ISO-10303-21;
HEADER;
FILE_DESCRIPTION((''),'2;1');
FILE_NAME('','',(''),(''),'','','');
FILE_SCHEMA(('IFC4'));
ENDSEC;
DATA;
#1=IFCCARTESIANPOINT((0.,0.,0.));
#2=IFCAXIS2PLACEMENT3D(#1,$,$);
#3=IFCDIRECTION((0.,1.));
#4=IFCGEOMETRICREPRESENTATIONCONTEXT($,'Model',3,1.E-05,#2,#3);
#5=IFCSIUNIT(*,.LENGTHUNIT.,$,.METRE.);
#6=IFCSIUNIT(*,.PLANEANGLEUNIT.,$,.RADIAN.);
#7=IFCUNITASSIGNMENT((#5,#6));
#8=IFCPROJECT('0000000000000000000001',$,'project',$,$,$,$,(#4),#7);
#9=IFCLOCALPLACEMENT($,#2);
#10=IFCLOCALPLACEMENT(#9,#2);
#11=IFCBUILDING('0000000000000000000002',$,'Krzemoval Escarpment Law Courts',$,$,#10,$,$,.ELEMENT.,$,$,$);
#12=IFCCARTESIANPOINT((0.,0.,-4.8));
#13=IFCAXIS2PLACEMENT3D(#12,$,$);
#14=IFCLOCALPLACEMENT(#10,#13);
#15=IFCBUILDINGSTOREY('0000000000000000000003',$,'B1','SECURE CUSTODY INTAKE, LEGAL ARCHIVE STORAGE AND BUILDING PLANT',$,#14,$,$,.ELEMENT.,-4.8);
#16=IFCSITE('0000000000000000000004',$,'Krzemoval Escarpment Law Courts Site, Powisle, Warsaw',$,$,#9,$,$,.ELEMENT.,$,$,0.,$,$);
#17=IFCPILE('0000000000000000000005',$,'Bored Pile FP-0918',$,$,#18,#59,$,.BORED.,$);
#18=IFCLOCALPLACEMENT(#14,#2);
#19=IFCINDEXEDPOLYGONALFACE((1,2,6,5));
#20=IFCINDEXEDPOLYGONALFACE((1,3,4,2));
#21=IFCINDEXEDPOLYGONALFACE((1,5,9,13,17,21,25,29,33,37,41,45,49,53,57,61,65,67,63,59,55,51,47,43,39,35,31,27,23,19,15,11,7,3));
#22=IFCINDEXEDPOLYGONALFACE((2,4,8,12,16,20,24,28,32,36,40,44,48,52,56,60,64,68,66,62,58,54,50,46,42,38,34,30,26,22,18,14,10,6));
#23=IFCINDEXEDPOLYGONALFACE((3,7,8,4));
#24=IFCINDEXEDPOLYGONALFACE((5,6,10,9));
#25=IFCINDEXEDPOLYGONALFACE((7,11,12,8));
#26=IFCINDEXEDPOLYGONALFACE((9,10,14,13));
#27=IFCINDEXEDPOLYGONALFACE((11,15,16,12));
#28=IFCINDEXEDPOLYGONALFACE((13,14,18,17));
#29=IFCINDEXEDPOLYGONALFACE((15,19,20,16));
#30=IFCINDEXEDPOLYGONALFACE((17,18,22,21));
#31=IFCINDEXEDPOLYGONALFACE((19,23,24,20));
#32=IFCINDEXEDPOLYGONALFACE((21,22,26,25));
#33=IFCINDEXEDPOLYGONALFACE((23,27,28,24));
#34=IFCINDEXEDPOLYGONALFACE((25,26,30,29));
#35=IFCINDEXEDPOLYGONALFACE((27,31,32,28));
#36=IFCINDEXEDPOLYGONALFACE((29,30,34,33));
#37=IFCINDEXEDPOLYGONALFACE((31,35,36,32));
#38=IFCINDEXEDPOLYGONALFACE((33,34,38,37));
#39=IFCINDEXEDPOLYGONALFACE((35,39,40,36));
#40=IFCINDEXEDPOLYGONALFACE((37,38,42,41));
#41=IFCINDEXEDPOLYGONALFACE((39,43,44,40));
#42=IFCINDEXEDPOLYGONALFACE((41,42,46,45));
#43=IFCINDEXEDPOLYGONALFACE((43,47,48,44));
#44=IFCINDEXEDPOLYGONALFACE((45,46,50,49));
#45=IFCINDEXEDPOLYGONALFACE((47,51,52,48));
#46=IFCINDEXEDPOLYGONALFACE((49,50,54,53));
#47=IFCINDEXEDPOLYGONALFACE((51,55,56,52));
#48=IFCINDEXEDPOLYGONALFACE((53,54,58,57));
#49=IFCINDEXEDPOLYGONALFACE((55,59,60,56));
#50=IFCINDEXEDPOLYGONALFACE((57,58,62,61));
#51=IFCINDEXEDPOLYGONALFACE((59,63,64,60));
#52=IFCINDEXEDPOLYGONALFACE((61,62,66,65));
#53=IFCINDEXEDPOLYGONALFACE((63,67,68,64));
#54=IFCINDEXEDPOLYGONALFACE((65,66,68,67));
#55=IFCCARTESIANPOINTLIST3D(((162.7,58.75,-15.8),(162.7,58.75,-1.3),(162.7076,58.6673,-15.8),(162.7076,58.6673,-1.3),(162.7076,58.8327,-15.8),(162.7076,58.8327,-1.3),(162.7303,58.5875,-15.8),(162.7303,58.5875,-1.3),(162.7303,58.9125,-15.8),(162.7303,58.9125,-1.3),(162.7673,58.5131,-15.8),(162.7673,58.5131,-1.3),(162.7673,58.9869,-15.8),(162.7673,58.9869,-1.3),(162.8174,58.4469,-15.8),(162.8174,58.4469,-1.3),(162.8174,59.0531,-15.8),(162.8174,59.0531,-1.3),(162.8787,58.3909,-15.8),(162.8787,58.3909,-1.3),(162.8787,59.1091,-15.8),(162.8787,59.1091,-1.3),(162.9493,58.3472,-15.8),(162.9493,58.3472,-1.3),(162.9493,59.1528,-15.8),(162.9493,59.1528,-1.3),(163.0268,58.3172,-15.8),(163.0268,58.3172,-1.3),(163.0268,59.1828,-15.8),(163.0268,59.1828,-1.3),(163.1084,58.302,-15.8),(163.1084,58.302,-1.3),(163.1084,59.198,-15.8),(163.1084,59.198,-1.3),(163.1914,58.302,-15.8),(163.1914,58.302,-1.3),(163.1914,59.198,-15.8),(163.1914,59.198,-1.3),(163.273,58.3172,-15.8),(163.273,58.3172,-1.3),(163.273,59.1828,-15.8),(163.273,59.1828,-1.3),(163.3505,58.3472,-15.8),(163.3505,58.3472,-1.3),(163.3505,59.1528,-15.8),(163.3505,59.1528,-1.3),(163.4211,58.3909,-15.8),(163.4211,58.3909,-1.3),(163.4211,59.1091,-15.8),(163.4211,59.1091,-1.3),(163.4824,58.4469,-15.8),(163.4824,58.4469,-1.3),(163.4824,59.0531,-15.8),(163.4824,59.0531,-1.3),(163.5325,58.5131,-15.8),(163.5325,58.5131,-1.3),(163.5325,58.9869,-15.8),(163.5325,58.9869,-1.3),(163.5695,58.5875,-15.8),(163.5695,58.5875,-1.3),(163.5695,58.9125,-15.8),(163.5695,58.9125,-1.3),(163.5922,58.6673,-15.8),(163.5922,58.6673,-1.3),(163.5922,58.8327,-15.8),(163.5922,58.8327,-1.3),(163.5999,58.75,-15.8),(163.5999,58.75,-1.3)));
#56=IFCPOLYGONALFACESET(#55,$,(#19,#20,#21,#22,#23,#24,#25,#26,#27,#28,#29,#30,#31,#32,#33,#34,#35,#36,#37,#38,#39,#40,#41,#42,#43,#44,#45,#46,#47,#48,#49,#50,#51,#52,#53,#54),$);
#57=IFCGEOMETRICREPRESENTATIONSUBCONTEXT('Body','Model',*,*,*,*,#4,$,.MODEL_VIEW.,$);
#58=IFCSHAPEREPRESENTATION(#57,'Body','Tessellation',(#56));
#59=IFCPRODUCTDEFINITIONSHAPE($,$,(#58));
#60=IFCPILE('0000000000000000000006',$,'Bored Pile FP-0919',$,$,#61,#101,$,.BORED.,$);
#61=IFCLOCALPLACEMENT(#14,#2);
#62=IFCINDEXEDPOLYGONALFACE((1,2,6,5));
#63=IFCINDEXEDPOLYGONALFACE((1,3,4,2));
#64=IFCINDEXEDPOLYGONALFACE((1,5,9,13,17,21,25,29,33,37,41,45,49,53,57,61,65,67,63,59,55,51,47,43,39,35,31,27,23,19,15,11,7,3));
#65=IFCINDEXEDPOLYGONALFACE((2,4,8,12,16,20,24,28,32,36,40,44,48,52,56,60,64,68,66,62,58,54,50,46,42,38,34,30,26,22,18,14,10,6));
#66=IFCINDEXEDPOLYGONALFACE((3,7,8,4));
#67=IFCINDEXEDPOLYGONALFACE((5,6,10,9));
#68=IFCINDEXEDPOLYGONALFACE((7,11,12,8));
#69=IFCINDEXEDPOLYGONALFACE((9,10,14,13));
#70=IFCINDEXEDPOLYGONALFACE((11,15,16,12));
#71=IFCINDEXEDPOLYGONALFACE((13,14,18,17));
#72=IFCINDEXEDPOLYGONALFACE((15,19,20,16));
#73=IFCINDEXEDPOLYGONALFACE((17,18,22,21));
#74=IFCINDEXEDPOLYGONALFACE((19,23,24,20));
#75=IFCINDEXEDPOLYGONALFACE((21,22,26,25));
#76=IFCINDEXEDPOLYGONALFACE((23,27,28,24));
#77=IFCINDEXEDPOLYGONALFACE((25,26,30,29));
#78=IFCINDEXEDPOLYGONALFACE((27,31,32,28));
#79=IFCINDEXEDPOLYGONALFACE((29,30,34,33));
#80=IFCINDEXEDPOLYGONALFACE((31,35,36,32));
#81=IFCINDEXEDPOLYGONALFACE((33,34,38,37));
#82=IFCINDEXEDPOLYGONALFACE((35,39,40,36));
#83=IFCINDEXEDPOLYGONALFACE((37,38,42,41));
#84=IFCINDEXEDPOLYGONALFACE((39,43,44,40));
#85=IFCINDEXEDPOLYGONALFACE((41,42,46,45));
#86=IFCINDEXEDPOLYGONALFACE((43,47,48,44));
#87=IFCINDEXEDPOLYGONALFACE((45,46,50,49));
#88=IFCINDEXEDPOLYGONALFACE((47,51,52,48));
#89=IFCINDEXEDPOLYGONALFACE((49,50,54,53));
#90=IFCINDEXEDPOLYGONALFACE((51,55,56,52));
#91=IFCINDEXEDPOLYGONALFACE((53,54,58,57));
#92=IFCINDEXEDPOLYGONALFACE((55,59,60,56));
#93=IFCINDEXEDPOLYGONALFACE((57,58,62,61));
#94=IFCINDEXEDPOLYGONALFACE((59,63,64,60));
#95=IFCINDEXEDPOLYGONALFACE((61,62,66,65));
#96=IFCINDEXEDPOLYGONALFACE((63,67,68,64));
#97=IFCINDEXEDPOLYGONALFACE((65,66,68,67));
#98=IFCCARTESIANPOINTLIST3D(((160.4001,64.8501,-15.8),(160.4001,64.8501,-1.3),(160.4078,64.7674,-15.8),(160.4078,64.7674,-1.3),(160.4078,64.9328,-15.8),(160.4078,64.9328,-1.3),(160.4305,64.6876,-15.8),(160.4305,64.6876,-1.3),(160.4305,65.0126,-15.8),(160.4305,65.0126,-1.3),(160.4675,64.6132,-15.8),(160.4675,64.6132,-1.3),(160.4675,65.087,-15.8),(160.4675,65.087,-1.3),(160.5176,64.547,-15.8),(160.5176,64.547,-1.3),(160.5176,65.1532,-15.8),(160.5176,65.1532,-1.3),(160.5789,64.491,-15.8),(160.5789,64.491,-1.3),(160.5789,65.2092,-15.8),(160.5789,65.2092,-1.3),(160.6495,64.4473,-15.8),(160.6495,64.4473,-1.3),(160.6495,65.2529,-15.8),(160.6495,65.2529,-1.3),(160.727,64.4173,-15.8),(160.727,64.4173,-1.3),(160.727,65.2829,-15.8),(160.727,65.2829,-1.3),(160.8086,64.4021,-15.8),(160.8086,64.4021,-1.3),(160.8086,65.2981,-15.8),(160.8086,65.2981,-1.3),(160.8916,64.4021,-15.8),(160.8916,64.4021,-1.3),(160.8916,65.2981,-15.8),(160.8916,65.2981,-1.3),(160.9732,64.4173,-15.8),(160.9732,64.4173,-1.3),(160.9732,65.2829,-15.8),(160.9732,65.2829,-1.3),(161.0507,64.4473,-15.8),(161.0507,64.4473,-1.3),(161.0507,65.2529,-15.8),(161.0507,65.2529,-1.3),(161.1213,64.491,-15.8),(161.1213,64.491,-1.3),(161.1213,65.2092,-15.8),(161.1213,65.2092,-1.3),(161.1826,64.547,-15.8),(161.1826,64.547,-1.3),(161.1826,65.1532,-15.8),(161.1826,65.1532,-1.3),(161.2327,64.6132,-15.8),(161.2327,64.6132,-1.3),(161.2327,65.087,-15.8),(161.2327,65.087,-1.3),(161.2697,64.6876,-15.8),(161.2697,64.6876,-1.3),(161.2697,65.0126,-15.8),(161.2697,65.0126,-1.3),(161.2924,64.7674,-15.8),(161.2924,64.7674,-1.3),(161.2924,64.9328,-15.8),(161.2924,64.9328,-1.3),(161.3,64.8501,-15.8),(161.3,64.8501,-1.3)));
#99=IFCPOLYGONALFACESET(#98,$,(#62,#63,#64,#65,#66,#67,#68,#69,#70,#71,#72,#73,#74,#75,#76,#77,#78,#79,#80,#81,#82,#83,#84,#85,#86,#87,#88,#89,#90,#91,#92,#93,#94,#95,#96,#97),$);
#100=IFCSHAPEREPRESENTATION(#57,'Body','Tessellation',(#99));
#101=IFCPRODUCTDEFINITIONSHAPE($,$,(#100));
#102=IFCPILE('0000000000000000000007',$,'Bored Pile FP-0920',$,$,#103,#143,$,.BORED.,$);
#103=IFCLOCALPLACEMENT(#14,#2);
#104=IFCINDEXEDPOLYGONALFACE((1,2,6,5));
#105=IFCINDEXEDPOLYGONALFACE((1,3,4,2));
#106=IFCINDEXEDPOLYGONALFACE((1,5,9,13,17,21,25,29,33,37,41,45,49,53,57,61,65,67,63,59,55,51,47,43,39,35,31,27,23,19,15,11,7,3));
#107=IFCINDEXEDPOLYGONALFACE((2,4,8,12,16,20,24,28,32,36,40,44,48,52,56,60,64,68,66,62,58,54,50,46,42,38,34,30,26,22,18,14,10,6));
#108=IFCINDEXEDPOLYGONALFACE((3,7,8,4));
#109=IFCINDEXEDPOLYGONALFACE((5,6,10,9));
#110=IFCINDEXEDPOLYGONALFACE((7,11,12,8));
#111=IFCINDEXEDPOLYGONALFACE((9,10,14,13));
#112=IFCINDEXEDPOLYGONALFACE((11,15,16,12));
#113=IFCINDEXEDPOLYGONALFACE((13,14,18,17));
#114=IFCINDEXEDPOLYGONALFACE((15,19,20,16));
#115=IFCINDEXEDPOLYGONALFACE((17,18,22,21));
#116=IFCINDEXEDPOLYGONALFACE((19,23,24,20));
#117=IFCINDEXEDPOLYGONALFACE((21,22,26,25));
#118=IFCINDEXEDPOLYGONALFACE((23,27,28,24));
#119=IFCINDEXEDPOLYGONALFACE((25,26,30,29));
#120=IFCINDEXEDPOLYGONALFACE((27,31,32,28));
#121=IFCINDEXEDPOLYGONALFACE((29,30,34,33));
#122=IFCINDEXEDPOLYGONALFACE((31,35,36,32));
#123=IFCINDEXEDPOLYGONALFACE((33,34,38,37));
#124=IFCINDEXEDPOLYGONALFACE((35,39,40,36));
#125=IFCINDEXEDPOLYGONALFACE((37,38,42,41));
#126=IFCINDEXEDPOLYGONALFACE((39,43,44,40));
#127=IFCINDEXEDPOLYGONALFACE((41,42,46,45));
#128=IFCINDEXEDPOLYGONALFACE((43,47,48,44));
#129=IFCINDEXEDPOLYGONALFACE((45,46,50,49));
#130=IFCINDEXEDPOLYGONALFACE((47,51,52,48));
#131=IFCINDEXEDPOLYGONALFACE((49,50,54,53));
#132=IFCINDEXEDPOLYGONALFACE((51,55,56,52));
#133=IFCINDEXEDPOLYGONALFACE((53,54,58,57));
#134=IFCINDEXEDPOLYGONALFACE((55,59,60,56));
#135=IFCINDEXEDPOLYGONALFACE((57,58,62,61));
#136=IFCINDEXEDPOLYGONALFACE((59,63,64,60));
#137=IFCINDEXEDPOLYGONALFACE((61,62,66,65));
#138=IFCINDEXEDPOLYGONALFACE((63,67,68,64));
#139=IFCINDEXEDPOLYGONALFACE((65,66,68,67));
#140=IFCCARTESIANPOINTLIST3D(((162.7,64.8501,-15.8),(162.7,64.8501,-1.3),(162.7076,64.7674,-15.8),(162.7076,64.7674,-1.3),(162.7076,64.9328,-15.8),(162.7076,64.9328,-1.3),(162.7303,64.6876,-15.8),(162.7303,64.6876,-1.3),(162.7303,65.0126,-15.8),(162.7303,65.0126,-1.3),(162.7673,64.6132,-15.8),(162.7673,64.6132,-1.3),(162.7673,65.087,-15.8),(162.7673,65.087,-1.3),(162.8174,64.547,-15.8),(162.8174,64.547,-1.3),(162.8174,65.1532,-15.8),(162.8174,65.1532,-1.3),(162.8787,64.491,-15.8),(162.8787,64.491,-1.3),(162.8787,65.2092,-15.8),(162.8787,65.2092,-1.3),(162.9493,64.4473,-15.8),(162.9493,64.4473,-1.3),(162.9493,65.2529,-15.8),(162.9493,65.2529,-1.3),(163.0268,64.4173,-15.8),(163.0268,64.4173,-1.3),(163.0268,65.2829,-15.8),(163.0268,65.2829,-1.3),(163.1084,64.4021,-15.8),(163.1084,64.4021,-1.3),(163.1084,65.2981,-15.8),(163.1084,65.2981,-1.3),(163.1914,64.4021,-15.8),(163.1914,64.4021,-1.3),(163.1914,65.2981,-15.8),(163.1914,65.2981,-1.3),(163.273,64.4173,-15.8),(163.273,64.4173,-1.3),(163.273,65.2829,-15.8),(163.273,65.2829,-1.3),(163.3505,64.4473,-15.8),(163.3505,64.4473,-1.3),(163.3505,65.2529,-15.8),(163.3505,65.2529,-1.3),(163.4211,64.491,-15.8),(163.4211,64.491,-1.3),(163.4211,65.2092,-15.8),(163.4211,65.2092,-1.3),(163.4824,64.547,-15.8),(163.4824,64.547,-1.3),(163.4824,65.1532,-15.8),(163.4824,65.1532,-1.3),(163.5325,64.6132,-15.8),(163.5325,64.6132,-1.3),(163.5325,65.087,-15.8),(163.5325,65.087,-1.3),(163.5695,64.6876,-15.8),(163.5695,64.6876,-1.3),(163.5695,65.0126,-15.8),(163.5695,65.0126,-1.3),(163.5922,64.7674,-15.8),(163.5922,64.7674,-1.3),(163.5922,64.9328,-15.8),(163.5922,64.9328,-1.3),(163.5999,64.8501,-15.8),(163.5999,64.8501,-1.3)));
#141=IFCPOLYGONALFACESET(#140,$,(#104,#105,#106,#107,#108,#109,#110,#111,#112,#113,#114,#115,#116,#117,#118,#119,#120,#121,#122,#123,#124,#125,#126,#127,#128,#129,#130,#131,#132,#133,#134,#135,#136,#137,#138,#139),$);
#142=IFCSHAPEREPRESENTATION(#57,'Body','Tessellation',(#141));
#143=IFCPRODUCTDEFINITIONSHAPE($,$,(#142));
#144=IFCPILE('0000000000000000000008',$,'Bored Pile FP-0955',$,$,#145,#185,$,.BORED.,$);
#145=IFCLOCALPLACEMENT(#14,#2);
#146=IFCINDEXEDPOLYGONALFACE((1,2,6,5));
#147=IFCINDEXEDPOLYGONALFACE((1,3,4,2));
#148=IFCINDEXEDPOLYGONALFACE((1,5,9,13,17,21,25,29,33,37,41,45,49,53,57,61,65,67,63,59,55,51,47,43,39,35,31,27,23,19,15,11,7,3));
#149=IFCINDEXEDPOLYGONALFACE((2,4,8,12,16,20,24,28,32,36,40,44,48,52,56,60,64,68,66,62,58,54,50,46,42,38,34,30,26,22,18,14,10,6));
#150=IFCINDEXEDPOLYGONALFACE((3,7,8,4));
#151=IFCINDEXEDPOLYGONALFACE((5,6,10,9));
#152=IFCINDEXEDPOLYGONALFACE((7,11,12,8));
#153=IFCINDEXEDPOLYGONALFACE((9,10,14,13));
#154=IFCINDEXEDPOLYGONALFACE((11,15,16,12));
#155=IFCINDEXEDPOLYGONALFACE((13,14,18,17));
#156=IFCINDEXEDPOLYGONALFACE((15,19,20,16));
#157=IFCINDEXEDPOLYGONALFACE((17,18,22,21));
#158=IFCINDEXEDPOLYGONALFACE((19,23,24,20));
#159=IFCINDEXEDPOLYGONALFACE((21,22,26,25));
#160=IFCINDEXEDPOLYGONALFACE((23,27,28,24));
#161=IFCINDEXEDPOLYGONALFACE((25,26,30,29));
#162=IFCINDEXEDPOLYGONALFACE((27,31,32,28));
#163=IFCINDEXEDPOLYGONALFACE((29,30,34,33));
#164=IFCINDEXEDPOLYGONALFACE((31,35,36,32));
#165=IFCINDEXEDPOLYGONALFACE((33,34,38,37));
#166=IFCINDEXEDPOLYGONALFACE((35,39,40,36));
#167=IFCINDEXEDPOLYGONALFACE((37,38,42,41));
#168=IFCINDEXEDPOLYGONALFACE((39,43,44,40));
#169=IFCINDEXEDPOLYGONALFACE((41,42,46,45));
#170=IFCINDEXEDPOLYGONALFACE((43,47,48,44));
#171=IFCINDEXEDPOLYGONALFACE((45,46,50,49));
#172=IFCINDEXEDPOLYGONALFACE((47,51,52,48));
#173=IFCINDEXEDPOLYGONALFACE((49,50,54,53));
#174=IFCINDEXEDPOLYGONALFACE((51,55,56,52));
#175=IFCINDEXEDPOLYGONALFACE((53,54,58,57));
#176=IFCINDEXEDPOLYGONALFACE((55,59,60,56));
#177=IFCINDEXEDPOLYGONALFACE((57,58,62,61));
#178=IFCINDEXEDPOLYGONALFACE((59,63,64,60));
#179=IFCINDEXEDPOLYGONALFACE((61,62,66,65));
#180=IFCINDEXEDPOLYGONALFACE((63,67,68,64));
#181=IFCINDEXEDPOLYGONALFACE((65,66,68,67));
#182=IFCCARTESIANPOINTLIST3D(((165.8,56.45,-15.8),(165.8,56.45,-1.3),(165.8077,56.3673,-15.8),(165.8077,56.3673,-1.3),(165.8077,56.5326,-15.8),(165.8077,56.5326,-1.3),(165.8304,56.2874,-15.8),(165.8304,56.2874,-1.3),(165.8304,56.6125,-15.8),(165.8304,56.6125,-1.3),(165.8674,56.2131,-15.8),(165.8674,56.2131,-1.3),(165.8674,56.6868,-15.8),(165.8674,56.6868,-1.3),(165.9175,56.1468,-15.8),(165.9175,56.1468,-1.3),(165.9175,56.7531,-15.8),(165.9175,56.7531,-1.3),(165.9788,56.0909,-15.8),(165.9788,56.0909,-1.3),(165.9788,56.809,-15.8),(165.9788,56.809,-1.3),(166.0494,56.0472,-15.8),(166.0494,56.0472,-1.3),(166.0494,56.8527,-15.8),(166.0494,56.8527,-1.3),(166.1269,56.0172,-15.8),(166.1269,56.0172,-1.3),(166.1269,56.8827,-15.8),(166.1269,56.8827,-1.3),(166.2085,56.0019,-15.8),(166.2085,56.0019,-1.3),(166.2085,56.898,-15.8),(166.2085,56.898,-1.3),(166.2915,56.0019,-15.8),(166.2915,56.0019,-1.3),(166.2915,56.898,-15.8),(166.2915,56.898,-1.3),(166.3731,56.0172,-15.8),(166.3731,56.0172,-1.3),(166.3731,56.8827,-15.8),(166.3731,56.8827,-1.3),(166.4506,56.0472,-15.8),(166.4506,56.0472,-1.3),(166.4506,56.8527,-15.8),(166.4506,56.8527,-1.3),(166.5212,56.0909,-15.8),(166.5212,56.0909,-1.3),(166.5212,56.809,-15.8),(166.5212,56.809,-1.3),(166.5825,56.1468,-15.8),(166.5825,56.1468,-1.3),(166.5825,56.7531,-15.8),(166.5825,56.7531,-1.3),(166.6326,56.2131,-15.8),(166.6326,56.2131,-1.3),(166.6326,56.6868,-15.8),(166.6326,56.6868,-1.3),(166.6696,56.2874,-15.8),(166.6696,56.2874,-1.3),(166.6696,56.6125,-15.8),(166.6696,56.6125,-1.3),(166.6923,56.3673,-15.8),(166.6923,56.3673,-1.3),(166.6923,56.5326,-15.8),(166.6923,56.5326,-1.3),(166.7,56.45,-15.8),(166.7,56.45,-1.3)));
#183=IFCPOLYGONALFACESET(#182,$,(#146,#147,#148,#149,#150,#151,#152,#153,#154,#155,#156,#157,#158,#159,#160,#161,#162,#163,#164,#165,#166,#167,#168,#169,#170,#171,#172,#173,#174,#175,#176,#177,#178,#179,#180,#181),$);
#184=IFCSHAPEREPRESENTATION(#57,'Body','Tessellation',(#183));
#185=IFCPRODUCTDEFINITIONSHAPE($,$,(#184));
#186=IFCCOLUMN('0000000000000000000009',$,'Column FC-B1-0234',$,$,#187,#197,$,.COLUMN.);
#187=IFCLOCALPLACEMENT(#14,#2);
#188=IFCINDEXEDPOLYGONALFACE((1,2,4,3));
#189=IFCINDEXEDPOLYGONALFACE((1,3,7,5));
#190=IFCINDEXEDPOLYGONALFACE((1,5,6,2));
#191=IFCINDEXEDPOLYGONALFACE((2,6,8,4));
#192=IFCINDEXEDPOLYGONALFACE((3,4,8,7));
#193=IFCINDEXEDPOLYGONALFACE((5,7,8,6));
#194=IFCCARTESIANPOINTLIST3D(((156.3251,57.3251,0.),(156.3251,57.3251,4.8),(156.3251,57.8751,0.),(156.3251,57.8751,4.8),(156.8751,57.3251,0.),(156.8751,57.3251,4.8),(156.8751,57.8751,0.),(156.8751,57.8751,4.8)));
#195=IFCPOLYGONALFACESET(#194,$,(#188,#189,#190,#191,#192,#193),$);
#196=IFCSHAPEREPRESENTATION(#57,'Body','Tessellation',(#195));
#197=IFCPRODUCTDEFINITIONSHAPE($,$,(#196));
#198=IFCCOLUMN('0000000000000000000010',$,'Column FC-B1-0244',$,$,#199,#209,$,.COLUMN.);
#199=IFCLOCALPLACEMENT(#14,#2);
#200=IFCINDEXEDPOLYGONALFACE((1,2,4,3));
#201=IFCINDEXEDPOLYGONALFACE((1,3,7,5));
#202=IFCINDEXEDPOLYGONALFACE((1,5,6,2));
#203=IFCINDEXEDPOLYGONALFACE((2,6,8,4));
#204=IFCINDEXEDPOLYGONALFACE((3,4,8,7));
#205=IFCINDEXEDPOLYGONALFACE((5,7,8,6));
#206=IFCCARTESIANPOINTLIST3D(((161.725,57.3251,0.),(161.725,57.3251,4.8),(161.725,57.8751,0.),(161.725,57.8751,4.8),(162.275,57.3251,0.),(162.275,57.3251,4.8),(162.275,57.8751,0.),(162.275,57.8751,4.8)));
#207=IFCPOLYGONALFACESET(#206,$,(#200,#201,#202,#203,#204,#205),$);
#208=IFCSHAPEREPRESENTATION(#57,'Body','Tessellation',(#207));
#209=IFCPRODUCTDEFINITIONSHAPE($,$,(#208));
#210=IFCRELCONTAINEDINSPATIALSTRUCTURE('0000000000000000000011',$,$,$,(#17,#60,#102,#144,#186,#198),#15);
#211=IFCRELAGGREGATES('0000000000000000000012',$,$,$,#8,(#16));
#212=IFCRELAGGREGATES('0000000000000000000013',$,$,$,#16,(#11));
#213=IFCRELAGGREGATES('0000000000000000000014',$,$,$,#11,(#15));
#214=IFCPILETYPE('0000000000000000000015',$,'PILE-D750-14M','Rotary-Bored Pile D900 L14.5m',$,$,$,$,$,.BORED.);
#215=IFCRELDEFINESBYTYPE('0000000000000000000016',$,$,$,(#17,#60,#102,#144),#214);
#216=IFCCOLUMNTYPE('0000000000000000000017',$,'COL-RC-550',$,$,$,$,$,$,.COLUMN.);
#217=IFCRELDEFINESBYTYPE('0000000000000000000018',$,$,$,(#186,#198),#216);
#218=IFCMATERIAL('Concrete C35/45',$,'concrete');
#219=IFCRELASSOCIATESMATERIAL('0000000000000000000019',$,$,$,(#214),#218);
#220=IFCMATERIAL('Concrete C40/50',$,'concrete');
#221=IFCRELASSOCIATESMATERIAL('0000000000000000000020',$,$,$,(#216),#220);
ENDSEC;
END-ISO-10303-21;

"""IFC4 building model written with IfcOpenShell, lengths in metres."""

from ifc_helpers import new_model, si_unit, direction, frame, origin, origin_2d, place, context, subcontext, project, spatial, rectangle, circle, extrude, material, material_profile, profile_set, type_object, element, save


model = new_model("IFC4")

# Units and contexts
model_context = context("Model", 3, precision=1e-05, world=origin(), true_north=direction((0.0, 1.0)))
body_context = subcontext(model_context, "Body", "Model", "MODEL_VIEW")
ifc_project = project(units=[si_unit("LENGTHUNIT", "METRE"), si_unit("PLANEANGLEUNIT", "RADIAN")], contexts=[model_context])

# Site, building, storey
site_placement = place(None, origin())
site = spatial("IfcSite", under=ifc_project, at=site_placement, Name="Krzemoval Escarpment Law Courts Site, Powisle, Warsaw", CompositionType="ELEMENT", RefElevation=0.0)
building_placement = place(site_placement, origin())
building = spatial("IfcBuilding", under=site, at=building_placement, Name="Krzemoval Escarpment Law Courts", CompositionType="ELEMENT")
storey_placement = place(building_placement, frame((0.0, 0.0, -4.8)))
storey = spatial("IfcBuildingStorey", under=building, at=storey_placement, Name="B1", Description="SECURE CUSTODY INTAKE, LEGAL ARCHIVE STORAGE AND BUILDING PLANT", CompositionType="ELEMENT", Elevation=-4.8)

# Piles
ifc_material_1 = material(Name="Concrete C35/45", Category="concrete")
ifc_material_profile_1 = material_profile(ifc_material_1, circle(Radius=0.45, at=origin_2d()), Name="PILE D900")
ifc_profile_set_1 = profile_set([ifc_material_profile_1], Name="Concrete C35/45")
pile_type = type_object("IfcPileType", Name="PILE-D750-14M", Description="Rotary-Bored Pile D900 L14.5m", PredefinedType="BORED", material=ifc_profile_set_1)
for number, where, z_axis, x_axis, name in (
    (1, (163.1499, 58.75, -1.3), (0.0, 0.0, -1.0), (1.0, 0.0, 0.0), "Bored Pile FP-0918"),
    (2, (160.8501, 64.8501, -1.3), (0.0, 0.0, -1.0), (1.0, 0.0, 0.0), "Bored Pile FP-0919"),
    (3, (163.1499, 64.8501, -1.3), (0.0, 0.0, -1.0), (1.0, 0.0, 0.0), "Bored Pile FP-0920"),
    (4, (166.25, 56.45, -1.3), (0.0, 0.0, -1.0), (1.0, 0.0, 0.0), "Bored Pile FP-0955"),
):
    element("IfcPile", number, at=place(storey_placement, frame(where, z_axis=z_axis, x_axis=x_axis)), inside=storey, type_object=pile_type, Name=name, PredefinedType="BORED", context=body_context, shape_type="SweptSolid", body=[
        extrude(circle(Radius=0.45, at=origin_2d()), origin(), (0.0, 0.0, 1.0), 14.5),
    ])

# Columns
ifc_material_2 = material(Name="Concrete C40/50", Category="concrete")
ifc_material_profile_2 = material_profile(ifc_material_2, rectangle(XDim=0.55, YDim=0.55, at=origin_2d()), Name="RC 550x550")
ifc_profile_set_2 = profile_set([ifc_material_profile_2], Name="Concrete C40/50")
column_type = type_object("IfcColumnType", Name="COL-RC-550", PredefinedType="COLUMN", material=ifc_profile_set_2)
for number, where, z_axis, x_axis, name in (
    (5, (156.6001, 57.6001, 0.0), (0.0, 0.0, 1.0), (1.0, 0.0, 0.0), "Column FC-B1-0234"),
    (6, (162.0, 57.6001, 0.0), (0.0, 0.0, 1.0), (1.0, 0.0, 0.0), "Column FC-B1-0244"),
):
    element("IfcColumn", number, at=place(storey_placement, frame(where, z_axis=z_axis, x_axis=x_axis)), inside=storey, type_object=column_type, Name=name, PredefinedType="COLUMN", context=body_context, shape_type="SweptSolid", body=[
        extrude(rectangle(XDim=0.55, YDim=0.55, at=origin_2d()), origin(), (0.0, 0.0, 1.0), 4.8),
    ])

save(model, "model.ifc")
